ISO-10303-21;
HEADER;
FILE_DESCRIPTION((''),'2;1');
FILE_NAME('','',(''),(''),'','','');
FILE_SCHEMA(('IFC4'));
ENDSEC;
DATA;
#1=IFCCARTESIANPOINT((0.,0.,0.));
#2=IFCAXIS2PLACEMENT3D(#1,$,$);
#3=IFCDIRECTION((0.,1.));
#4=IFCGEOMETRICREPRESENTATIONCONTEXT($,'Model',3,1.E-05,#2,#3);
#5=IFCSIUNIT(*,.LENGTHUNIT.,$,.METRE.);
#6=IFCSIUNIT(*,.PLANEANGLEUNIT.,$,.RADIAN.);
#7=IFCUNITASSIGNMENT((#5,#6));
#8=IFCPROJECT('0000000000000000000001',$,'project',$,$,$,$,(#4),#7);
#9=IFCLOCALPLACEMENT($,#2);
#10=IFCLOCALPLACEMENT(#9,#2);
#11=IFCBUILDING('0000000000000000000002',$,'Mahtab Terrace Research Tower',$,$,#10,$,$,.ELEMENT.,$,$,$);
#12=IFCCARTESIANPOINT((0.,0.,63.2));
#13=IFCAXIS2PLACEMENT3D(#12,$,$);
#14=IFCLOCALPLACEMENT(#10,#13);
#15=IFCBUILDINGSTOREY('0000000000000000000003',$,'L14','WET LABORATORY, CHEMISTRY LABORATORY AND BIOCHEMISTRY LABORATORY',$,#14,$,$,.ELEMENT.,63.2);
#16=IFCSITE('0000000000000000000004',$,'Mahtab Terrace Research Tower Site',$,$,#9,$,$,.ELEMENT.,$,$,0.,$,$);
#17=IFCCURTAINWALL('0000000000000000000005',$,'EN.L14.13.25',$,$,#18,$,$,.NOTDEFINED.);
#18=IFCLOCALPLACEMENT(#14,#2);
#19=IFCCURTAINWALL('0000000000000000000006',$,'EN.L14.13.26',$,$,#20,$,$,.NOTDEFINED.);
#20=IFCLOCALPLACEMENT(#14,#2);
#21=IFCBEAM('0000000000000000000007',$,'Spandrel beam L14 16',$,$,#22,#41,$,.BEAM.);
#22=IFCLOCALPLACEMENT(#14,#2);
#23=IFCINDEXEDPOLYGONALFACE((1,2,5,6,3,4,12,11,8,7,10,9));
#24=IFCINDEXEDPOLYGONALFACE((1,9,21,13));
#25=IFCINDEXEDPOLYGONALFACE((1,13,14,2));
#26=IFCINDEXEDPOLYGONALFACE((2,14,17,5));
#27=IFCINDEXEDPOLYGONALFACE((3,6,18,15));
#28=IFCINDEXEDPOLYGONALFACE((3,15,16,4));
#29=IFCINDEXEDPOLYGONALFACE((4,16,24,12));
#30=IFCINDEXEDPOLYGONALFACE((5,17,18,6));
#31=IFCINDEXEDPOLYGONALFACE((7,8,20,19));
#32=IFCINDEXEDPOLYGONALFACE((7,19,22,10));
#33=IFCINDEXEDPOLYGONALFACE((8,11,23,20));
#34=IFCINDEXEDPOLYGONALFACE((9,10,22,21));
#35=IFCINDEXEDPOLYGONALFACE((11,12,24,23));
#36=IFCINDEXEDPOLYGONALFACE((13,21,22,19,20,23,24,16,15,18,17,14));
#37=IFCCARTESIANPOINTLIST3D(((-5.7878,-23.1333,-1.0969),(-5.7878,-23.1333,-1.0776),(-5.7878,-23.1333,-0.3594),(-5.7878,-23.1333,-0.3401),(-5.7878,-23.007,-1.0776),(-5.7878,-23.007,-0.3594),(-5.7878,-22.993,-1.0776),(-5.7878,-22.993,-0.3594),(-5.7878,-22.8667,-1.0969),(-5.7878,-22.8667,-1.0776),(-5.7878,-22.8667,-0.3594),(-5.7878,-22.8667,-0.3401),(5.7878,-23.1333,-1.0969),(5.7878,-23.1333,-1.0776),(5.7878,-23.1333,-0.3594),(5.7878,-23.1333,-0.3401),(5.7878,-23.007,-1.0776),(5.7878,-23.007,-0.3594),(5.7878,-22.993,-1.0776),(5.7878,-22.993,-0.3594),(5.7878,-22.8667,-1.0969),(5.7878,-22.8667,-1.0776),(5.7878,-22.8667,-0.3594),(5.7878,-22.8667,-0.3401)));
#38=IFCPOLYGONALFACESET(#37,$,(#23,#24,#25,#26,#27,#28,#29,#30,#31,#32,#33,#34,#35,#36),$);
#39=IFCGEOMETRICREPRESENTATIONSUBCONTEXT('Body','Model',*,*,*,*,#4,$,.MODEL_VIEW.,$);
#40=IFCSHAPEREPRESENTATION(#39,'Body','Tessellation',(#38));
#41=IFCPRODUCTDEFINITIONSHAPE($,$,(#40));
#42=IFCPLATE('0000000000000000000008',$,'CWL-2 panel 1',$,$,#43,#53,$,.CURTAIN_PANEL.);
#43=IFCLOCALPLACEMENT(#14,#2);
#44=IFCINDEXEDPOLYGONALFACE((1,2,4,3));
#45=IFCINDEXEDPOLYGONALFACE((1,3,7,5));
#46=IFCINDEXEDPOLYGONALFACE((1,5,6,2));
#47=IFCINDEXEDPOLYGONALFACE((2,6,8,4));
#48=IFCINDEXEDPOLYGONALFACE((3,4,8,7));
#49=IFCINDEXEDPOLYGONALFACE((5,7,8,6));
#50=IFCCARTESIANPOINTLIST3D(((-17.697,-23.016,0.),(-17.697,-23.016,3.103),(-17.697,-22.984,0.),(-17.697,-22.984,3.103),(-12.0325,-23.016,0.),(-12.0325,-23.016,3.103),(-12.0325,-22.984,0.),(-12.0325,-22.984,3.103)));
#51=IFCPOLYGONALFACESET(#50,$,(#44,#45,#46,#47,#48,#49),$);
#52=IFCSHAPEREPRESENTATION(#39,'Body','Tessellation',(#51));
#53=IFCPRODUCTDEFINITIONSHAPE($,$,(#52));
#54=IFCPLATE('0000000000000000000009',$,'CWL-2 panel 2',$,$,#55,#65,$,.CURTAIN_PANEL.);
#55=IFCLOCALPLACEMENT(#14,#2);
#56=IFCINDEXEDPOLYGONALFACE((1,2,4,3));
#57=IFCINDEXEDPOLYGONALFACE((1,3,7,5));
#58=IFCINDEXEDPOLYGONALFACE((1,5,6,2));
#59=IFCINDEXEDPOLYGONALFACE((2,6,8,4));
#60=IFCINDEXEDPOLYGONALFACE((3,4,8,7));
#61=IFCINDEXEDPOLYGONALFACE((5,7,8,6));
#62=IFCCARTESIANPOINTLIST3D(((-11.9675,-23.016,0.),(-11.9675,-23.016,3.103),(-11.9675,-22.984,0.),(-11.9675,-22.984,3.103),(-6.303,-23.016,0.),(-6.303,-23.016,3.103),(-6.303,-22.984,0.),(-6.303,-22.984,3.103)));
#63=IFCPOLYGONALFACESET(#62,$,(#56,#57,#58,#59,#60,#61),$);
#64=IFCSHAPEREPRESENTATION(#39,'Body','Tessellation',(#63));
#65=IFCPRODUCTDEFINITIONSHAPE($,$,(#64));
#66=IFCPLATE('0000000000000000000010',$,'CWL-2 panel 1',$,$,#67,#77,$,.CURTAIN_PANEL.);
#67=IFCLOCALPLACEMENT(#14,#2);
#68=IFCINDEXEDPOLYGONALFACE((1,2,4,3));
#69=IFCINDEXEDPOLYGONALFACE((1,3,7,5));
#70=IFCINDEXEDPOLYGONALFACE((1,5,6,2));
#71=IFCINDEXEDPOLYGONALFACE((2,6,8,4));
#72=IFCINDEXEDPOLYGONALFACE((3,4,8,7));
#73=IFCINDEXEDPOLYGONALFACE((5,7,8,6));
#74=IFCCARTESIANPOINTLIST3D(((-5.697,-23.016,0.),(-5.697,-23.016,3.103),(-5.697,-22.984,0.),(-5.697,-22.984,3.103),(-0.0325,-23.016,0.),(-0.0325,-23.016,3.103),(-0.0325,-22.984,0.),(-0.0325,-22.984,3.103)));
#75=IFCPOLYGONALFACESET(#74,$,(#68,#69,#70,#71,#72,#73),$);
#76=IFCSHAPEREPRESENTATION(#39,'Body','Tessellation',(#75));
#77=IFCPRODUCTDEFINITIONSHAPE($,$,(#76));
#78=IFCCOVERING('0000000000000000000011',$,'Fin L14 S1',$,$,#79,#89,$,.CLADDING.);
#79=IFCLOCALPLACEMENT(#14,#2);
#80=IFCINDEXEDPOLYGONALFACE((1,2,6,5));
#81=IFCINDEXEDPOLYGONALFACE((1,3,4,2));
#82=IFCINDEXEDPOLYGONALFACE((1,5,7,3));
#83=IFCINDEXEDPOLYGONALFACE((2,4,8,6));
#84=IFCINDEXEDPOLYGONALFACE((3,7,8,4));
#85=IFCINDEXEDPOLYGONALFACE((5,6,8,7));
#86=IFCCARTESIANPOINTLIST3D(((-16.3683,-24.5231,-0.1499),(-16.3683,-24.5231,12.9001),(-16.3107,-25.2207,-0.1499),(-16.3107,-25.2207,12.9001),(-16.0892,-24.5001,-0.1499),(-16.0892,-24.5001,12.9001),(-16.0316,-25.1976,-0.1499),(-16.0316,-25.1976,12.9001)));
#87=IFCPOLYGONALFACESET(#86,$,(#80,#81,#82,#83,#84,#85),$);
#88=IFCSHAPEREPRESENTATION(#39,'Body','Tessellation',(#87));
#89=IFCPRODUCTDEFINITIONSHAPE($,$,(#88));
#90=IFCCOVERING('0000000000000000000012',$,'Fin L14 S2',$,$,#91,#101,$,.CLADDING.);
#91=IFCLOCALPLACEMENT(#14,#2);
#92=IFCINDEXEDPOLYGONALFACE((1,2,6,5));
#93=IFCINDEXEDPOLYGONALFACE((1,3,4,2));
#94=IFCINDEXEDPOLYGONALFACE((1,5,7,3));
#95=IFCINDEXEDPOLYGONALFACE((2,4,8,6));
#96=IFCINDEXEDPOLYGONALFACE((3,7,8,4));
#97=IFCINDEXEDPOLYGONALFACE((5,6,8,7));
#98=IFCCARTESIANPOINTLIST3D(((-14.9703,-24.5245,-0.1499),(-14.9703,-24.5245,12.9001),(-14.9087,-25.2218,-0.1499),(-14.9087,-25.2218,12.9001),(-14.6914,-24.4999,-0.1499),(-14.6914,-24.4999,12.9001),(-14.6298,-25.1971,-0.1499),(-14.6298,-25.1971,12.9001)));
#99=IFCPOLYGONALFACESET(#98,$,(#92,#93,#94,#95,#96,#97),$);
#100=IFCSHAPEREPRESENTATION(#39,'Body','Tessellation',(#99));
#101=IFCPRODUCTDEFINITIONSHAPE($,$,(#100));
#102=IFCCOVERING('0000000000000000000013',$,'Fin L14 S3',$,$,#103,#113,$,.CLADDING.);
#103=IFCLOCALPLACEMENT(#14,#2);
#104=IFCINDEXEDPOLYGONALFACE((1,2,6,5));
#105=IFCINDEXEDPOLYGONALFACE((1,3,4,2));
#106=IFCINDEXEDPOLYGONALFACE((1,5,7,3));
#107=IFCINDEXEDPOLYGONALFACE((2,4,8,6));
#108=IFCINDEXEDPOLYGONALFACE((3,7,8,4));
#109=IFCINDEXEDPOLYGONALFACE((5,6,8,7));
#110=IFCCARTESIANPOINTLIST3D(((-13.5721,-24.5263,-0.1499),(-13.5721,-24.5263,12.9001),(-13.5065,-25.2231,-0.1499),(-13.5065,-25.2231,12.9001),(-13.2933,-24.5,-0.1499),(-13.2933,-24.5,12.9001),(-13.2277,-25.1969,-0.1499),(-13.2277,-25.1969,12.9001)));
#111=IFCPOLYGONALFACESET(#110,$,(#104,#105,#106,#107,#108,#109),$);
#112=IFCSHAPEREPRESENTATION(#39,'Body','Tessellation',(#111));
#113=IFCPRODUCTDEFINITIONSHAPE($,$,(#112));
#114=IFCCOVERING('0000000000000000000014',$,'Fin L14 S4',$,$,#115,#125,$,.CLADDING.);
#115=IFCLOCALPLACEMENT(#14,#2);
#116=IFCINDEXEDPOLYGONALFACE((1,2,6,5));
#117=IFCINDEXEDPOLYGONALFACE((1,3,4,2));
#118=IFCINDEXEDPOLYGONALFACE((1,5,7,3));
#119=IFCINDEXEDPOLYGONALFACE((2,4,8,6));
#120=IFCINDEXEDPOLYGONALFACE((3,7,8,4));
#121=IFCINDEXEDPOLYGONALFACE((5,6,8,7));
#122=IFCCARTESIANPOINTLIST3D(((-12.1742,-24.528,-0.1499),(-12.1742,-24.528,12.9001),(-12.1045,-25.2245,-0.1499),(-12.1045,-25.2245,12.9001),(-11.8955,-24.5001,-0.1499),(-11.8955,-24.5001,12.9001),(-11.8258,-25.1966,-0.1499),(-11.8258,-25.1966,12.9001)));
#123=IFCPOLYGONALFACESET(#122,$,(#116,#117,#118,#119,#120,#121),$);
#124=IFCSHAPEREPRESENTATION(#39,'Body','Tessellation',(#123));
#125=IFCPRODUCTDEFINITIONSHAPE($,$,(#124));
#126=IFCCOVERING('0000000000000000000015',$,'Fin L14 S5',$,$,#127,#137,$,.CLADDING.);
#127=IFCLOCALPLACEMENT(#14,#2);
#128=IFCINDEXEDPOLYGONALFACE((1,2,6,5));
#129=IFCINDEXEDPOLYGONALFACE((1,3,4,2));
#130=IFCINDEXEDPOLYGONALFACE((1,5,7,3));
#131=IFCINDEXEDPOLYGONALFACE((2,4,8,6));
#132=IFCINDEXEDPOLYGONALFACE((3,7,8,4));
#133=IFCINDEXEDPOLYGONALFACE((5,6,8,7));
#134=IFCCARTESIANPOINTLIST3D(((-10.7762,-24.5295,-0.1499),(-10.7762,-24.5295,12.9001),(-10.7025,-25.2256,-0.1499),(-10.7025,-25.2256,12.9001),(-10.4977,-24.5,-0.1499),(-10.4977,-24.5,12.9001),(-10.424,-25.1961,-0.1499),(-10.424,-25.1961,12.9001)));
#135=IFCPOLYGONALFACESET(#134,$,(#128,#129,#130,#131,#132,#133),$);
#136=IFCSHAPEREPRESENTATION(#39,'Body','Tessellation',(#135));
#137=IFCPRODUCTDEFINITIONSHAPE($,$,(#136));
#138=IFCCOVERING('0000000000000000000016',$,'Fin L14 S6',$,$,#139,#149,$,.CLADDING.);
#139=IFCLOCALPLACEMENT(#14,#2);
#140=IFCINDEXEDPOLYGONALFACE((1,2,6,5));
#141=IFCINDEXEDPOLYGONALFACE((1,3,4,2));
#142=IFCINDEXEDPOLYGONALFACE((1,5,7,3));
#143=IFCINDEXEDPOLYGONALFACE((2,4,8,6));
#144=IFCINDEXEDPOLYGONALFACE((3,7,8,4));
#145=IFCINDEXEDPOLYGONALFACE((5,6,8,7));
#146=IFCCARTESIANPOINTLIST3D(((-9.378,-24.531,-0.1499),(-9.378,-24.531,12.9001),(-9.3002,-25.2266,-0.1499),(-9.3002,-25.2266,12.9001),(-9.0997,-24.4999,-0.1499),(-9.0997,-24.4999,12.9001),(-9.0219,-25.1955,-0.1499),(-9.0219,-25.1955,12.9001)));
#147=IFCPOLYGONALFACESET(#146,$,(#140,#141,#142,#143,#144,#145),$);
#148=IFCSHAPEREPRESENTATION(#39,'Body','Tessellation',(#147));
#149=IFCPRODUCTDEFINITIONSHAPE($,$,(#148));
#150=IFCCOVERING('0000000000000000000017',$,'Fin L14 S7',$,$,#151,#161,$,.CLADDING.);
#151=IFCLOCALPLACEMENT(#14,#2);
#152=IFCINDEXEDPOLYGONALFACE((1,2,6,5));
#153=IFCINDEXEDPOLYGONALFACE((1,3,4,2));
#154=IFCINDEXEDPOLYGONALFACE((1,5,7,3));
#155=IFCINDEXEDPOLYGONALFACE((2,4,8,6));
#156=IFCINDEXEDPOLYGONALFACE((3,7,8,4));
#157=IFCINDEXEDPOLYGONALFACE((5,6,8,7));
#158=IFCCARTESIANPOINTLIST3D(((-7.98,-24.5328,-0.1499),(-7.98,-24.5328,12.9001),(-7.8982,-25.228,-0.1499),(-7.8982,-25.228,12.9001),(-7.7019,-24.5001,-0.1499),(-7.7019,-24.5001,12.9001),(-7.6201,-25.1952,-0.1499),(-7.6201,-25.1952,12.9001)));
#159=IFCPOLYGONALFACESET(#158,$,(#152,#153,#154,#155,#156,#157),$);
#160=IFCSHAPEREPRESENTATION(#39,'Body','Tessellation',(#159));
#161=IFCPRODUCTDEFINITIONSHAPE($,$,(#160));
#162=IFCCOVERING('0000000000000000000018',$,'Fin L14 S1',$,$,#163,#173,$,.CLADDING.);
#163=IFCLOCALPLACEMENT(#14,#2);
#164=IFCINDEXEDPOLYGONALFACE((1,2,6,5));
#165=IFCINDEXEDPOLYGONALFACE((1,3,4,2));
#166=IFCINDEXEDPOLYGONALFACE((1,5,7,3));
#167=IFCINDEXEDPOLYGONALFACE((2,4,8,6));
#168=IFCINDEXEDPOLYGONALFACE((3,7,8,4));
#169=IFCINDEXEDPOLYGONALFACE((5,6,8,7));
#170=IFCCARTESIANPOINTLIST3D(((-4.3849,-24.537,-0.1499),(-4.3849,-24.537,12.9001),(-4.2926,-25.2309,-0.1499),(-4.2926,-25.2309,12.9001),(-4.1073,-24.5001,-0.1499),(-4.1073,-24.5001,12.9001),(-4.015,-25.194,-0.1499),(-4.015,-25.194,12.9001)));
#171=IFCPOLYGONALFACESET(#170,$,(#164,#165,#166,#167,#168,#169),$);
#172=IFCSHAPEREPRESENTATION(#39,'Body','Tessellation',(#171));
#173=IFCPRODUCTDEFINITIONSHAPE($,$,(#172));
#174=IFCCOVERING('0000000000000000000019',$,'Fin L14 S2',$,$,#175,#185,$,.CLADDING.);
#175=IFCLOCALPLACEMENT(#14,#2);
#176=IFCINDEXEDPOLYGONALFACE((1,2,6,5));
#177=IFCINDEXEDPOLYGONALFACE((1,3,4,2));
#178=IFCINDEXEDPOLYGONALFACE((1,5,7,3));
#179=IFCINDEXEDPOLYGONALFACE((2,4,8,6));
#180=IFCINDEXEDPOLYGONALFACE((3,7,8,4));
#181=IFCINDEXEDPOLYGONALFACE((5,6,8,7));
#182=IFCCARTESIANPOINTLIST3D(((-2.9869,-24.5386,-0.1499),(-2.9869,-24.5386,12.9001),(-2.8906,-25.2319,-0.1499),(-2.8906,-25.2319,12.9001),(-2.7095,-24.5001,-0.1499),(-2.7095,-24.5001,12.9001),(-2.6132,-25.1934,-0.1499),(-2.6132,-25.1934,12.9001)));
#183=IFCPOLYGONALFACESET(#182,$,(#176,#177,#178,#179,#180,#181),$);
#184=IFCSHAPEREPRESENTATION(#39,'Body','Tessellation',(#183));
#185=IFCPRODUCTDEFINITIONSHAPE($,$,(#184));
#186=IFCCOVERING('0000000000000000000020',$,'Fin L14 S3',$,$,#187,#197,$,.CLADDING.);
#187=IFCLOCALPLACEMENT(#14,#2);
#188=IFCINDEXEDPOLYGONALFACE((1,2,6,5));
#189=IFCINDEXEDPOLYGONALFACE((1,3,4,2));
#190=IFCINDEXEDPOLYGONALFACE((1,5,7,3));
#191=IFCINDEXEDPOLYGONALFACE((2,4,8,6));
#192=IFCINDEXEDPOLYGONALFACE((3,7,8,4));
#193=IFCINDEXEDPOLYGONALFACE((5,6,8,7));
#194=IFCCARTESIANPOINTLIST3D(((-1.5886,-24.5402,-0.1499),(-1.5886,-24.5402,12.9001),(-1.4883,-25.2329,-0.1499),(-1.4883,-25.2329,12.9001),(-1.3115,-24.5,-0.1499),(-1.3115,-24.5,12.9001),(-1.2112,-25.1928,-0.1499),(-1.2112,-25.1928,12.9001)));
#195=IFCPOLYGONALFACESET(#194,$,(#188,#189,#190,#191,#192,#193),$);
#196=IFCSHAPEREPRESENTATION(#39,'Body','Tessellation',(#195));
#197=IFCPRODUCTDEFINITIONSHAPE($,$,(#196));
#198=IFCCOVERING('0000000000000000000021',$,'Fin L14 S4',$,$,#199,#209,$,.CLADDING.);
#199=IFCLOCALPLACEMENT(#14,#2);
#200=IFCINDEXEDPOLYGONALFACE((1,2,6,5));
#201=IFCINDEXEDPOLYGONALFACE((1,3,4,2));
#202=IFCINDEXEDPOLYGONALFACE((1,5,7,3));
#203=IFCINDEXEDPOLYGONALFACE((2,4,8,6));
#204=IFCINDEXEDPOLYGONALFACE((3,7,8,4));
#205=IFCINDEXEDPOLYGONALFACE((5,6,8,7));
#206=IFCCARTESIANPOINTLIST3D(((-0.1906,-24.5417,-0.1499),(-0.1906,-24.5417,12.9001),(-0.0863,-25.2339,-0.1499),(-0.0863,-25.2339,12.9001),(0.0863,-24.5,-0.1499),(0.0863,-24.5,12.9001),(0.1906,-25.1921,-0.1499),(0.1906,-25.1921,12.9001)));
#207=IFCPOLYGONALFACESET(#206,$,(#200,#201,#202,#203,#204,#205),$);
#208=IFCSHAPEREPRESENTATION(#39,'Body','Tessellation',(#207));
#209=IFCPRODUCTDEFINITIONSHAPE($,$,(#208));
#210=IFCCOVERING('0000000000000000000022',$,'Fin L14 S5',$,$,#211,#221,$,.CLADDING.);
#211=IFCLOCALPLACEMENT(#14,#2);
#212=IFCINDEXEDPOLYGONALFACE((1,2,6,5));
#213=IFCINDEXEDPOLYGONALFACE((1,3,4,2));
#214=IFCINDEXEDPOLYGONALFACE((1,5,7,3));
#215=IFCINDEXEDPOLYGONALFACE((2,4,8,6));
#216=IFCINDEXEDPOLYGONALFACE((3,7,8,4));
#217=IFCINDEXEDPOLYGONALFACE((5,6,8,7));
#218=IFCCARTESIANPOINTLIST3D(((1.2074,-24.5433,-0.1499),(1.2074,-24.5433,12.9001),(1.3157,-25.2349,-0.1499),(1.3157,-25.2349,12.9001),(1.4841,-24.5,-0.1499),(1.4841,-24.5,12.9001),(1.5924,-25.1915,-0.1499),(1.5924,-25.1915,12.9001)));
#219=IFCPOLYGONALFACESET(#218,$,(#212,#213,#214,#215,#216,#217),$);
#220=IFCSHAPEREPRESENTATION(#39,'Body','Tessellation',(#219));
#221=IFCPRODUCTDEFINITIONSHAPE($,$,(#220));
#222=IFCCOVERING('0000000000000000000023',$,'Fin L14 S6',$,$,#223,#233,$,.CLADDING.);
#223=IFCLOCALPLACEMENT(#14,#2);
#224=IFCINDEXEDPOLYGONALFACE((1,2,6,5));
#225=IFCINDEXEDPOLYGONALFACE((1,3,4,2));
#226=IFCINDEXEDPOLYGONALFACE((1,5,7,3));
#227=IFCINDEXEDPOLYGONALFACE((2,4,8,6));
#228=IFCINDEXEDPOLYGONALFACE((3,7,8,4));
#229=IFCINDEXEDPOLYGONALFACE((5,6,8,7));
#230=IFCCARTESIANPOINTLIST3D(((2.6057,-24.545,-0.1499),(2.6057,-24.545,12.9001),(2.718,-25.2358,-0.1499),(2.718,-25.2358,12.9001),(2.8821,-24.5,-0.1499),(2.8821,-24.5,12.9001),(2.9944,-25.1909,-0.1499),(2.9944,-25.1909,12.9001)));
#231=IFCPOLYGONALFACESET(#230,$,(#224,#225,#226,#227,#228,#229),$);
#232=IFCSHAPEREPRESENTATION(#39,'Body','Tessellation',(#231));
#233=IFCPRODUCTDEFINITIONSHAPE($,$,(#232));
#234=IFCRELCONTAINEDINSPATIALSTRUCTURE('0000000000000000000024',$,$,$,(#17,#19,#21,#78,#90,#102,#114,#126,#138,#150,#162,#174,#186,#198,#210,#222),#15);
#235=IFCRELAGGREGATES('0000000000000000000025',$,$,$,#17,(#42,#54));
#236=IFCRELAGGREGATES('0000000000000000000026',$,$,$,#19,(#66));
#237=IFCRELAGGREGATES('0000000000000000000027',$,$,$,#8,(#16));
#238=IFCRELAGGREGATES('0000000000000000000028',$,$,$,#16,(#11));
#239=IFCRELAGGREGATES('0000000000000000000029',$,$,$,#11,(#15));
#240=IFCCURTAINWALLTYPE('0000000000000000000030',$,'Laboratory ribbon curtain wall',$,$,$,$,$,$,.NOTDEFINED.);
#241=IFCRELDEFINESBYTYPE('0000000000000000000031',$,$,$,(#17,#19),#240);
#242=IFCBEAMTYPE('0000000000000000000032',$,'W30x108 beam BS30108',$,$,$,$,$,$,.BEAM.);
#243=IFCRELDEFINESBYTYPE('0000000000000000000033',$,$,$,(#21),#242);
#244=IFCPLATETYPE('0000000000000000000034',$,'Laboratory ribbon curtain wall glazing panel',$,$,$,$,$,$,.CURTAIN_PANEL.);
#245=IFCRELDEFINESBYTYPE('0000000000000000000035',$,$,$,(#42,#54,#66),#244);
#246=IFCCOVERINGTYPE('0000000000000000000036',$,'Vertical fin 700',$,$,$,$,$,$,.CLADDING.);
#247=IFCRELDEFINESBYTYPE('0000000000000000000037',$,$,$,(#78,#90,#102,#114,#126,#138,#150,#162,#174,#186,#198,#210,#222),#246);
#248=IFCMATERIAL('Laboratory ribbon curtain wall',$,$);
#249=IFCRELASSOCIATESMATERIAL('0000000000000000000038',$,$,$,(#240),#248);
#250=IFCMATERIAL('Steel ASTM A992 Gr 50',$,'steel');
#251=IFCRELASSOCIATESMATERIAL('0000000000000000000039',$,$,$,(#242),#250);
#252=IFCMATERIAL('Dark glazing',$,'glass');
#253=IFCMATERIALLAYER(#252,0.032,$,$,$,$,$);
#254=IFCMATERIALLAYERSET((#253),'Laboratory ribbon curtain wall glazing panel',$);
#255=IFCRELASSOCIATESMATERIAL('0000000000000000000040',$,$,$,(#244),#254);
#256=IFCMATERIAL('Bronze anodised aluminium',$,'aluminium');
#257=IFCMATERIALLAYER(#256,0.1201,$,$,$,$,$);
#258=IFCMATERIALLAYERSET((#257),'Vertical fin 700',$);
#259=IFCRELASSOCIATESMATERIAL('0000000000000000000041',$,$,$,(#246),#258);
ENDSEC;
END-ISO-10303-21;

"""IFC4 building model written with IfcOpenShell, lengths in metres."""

from ifc_helpers import new_model, si_unit, direction, frame, origin, origin_2d, place, context, subcontext, project, spatial, rectangle, i_section, extrude, material, layer, layer_set, material_profile, profile_set, type_object, element, aggregate, save


model = new_model("IFC4")

# Units and contexts
model_context = context("Model", 3, precision=1e-05, world=origin(), true_north=direction((0.0, 1.0)))
body_context = subcontext(model_context, "Body", "Model", "MODEL_VIEW")
ifc_project = project(units=[si_unit("LENGTHUNIT", "METRE"), si_unit("PLANEANGLEUNIT", "RADIAN")], contexts=[model_context])

# Site, building, storey
site_placement = place(None, origin())
site = spatial("IfcSite", under=ifc_project, at=site_placement, Name="Mahtab Terrace Research Tower Site", CompositionType="ELEMENT", RefElevation=0.0)
building_placement = place(site_placement, origin())
building = spatial("IfcBuilding", under=site, at=building_placement, Name="Mahtab Terrace Research Tower", CompositionType="ELEMENT")
storey_placement = place(building_placement, frame((0.0, 0.0, 63.2)))
storey = spatial("IfcBuildingStorey", under=building, at=storey_placement, Name="L14", Description="WET LABORATORY, CHEMISTRY LABORATORY AND BIOCHEMISTRY LABORATORY", CompositionType="ELEMENT", Elevation=63.2)

# Shared definitions
ifc_material_1 = material(Name="Steel ASTM A992 Gr 50", Category="steel")

# Curtain walls
ifc_material_2 = material(Name="Laboratory ribbon curtain wall")
curtain_wall_type = type_object("IfcCurtainWallType", Name="Laboratory ribbon curtain wall", PredefinedType="NOTDEFINED", material=ifc_material_2)
curtain_wall_1_placement = place(storey_placement, origin())
curtain_wall_1 = element("IfcCurtainWall", 1, at=curtain_wall_1_placement, inside=storey, type_object=curtain_wall_type, Name="EN.L14.13.25", PredefinedType="NOTDEFINED")
curtain_wall_2_placement = place(storey_placement, origin())
curtain_wall_2 = element("IfcCurtainWall", 2, at=curtain_wall_2_placement, inside=storey, type_object=curtain_wall_type, Name="EN.L14.13.26", PredefinedType="NOTDEFINED")

# Beam
ifc_material_profile_1 = material_profile(ifc_material_1, i_section(OverallWidth=0.2666, OverallDepth=0.7568, WebThickness=0.0139, FlangeThickness=0.0193, at=origin_2d()), Name="W30X108")
ifc_profile_set_1 = profile_set([ifc_material_profile_1], Name="Steel ASTM A992 Gr 50")
beam_type = type_object("IfcBeamType", Name="W30x108 beam BS30108", PredefinedType="BEAM", material=ifc_profile_set_1)
for number, where, z_axis, x_axis, name in (
    (3, (-5.7878, -23.0, -0.7185), (1.0, 0.0, 0.0), (0.0, 1.0, 0.0), "Spandrel beam L14 16"),
):
    element("IfcBeam", number, at=place(storey_placement, frame(where, z_axis=z_axis, x_axis=x_axis)), inside=storey, type_object=beam_type, Name=name, PredefinedType="BEAM", context=body_context, shape_type="SweptSolid", body=[
        extrude(i_section(OverallWidth=0.2666, OverallDepth=0.7568, WebThickness=0.0139, FlangeThickness=0.0193, at=origin_2d()), origin(), (0.0, 0.0, 1.0), 11.5757),
    ])

# Plates
ifc_material_3 = material(Name="Dark glazing", Category="glass")
ifc_layer_1 = layer(ifc_material_3, 0.032)
ifc_layer_set_1 = layer_set([ifc_layer_1], Name="Laboratory ribbon curtain wall glazing panel")
plate_type = type_object("IfcPlateType", Name="Laboratory ribbon curtain wall glazing panel", PredefinedType="CURTAIN_PANEL", material=ifc_layer_set_1)
plate_1_placement = place(storey_placement, frame((-14.8647, -23.0, 0.0), z_axis=(0.0, 0.0, 1.0), x_axis=(1.0, 0.0, 0.0)))
plate_1 = element("IfcPlate", 4, at=plate_1_placement, type_object=plate_type, Name="CWL-2 panel 1", PredefinedType="CURTAIN_PANEL", context=body_context, shape_type="SweptSolid", body=[
    extrude(rectangle(XDim=5.6646, YDim=0.032, at=origin_2d()), origin(), (0.0, 0.0, 1.0), 3.103),
])
plate_2_placement = place(storey_placement, frame((-9.1353, -23.0, 0.0), z_axis=(0.0, 0.0, 1.0), x_axis=(1.0, 0.0, 0.0)))
plate_2 = element("IfcPlate", 5, at=plate_2_placement, type_object=plate_type, Name="CWL-2 panel 2", PredefinedType="CURTAIN_PANEL", context=body_context, shape_type="SweptSolid", body=[
    extrude(rectangle(XDim=5.6646, YDim=0.032, at=origin_2d()), origin(), (0.0, 0.0, 1.0), 3.103),
])
aggregate(curtain_wall_1, [plate_1, plate_2])
plate_3_placement = place(storey_placement, frame((-2.8647, -23.0, 0.0), z_axis=(0.0, 0.0, 1.0), x_axis=(1.0, 0.0, 0.0)))
plate_3 = element("IfcPlate", 6, at=plate_3_placement, type_object=plate_type, Name="CWL-2 panel 1", PredefinedType="CURTAIN_PANEL", context=body_context, shape_type="SweptSolid", body=[
    extrude(rectangle(XDim=5.6646, YDim=0.032, at=origin_2d()), origin(), (0.0, 0.0, 1.0), 3.103),
])
aggregate(curtain_wall_2, [plate_3])

# Coverings
ifc_material_4 = material(Name="Bronze anodised aluminium", Category="aluminium")
ifc_layer_2 = layer(ifc_material_4, 0.1201)
ifc_layer_set_2 = layer_set([ifc_layer_2], Name="Vertical fin 700")
covering_type = type_object("IfcCoveringType", Name="Vertical fin 700", PredefinedType="CLADDING", material=ifc_layer_set_2)
for number, where, z_axis, x_axis, name in (
    (7, (-16.2, -24.8604, -0.1499), (0.0, 0.0, 1.0), (0.996617, 0.082187, 0.0), "Fin L14 S1"),
    (8, (-14.8, -24.8608, -0.1499), (0.0, 0.0, 1.0), (0.996122, 0.087984, 0.0), "Fin L14 S2"),
    (9, (-13.3999, -24.8616, -0.1499), (0.0, 0.0, 1.0), (0.995593, 0.093777, 0.0), "Fin L14 S3"),
    (10, (-12.0, -24.8623, -0.1499), (0.0, 0.0, 1.0), (0.995031, 0.099568, 0.0), "Fin L14 S4"),
    (11, (-10.6001, -24.8628, -0.1499), (0.0, 0.0, 1.0), (0.994435, 0.105355, 0.0), "Fin L14 S5"),
    (12, (-9.2, -24.8633, -0.1499), (0.0, 0.0, 1.0), (0.993805, 0.111139, 0.0), "Fin L14 S6"),
    (13, (-7.8, -24.864, -0.1499), (0.0, 0.0, 1.0), (0.993142, 0.116918, 0.0), "Fin L14 S7"),
    (14, (-4.2, -24.8655, -0.1499), (0.0, 0.0, 1.0), (0.991281, 0.131762, 0.0), "Fin L14 S1"),
    (15, (-2.8, -24.866, -0.1499), (0.0, 0.0, 1.0), (0.990498, 0.137527, 0.0), "Fin L14 S2"),
    (16, (-1.3999, -24.8665, -0.1499), (0.0, 0.0, 1.0), (0.989681, 0.143287, 0.0), "Fin L14 S3"),
    (17, (0.0, -24.8669, -0.1499), (0.0, 0.0, 1.0), (0.988831, 0.149042, 0.0), "Fin L14 S4"),
    (18, (1.3999, -24.8674, -0.1499), (0.0, 0.0, 1.0), (0.987947, 0.154792, 0.0), "Fin L14 S5"),
    (19, (2.8, -24.8679, -0.1499), (0.0, 0.0, 1.0), (0.98703, 0.160537, 0.0), "Fin L14 S6"),
):
    element("IfcCovering", number, at=place(storey_placement, frame(where, z_axis=z_axis, x_axis=x_axis)), inside=storey, type_object=covering_type, Name=name, PredefinedType="CLADDING", context=body_context, shape_type="SweptSolid", body=[
        extrude(rectangle(XDim=0.28, YDim=0.7, at=origin_2d()), origin(), (0.0, 0.0, 1.0), 13.05),
    ])

save(model, "model.ifc")
